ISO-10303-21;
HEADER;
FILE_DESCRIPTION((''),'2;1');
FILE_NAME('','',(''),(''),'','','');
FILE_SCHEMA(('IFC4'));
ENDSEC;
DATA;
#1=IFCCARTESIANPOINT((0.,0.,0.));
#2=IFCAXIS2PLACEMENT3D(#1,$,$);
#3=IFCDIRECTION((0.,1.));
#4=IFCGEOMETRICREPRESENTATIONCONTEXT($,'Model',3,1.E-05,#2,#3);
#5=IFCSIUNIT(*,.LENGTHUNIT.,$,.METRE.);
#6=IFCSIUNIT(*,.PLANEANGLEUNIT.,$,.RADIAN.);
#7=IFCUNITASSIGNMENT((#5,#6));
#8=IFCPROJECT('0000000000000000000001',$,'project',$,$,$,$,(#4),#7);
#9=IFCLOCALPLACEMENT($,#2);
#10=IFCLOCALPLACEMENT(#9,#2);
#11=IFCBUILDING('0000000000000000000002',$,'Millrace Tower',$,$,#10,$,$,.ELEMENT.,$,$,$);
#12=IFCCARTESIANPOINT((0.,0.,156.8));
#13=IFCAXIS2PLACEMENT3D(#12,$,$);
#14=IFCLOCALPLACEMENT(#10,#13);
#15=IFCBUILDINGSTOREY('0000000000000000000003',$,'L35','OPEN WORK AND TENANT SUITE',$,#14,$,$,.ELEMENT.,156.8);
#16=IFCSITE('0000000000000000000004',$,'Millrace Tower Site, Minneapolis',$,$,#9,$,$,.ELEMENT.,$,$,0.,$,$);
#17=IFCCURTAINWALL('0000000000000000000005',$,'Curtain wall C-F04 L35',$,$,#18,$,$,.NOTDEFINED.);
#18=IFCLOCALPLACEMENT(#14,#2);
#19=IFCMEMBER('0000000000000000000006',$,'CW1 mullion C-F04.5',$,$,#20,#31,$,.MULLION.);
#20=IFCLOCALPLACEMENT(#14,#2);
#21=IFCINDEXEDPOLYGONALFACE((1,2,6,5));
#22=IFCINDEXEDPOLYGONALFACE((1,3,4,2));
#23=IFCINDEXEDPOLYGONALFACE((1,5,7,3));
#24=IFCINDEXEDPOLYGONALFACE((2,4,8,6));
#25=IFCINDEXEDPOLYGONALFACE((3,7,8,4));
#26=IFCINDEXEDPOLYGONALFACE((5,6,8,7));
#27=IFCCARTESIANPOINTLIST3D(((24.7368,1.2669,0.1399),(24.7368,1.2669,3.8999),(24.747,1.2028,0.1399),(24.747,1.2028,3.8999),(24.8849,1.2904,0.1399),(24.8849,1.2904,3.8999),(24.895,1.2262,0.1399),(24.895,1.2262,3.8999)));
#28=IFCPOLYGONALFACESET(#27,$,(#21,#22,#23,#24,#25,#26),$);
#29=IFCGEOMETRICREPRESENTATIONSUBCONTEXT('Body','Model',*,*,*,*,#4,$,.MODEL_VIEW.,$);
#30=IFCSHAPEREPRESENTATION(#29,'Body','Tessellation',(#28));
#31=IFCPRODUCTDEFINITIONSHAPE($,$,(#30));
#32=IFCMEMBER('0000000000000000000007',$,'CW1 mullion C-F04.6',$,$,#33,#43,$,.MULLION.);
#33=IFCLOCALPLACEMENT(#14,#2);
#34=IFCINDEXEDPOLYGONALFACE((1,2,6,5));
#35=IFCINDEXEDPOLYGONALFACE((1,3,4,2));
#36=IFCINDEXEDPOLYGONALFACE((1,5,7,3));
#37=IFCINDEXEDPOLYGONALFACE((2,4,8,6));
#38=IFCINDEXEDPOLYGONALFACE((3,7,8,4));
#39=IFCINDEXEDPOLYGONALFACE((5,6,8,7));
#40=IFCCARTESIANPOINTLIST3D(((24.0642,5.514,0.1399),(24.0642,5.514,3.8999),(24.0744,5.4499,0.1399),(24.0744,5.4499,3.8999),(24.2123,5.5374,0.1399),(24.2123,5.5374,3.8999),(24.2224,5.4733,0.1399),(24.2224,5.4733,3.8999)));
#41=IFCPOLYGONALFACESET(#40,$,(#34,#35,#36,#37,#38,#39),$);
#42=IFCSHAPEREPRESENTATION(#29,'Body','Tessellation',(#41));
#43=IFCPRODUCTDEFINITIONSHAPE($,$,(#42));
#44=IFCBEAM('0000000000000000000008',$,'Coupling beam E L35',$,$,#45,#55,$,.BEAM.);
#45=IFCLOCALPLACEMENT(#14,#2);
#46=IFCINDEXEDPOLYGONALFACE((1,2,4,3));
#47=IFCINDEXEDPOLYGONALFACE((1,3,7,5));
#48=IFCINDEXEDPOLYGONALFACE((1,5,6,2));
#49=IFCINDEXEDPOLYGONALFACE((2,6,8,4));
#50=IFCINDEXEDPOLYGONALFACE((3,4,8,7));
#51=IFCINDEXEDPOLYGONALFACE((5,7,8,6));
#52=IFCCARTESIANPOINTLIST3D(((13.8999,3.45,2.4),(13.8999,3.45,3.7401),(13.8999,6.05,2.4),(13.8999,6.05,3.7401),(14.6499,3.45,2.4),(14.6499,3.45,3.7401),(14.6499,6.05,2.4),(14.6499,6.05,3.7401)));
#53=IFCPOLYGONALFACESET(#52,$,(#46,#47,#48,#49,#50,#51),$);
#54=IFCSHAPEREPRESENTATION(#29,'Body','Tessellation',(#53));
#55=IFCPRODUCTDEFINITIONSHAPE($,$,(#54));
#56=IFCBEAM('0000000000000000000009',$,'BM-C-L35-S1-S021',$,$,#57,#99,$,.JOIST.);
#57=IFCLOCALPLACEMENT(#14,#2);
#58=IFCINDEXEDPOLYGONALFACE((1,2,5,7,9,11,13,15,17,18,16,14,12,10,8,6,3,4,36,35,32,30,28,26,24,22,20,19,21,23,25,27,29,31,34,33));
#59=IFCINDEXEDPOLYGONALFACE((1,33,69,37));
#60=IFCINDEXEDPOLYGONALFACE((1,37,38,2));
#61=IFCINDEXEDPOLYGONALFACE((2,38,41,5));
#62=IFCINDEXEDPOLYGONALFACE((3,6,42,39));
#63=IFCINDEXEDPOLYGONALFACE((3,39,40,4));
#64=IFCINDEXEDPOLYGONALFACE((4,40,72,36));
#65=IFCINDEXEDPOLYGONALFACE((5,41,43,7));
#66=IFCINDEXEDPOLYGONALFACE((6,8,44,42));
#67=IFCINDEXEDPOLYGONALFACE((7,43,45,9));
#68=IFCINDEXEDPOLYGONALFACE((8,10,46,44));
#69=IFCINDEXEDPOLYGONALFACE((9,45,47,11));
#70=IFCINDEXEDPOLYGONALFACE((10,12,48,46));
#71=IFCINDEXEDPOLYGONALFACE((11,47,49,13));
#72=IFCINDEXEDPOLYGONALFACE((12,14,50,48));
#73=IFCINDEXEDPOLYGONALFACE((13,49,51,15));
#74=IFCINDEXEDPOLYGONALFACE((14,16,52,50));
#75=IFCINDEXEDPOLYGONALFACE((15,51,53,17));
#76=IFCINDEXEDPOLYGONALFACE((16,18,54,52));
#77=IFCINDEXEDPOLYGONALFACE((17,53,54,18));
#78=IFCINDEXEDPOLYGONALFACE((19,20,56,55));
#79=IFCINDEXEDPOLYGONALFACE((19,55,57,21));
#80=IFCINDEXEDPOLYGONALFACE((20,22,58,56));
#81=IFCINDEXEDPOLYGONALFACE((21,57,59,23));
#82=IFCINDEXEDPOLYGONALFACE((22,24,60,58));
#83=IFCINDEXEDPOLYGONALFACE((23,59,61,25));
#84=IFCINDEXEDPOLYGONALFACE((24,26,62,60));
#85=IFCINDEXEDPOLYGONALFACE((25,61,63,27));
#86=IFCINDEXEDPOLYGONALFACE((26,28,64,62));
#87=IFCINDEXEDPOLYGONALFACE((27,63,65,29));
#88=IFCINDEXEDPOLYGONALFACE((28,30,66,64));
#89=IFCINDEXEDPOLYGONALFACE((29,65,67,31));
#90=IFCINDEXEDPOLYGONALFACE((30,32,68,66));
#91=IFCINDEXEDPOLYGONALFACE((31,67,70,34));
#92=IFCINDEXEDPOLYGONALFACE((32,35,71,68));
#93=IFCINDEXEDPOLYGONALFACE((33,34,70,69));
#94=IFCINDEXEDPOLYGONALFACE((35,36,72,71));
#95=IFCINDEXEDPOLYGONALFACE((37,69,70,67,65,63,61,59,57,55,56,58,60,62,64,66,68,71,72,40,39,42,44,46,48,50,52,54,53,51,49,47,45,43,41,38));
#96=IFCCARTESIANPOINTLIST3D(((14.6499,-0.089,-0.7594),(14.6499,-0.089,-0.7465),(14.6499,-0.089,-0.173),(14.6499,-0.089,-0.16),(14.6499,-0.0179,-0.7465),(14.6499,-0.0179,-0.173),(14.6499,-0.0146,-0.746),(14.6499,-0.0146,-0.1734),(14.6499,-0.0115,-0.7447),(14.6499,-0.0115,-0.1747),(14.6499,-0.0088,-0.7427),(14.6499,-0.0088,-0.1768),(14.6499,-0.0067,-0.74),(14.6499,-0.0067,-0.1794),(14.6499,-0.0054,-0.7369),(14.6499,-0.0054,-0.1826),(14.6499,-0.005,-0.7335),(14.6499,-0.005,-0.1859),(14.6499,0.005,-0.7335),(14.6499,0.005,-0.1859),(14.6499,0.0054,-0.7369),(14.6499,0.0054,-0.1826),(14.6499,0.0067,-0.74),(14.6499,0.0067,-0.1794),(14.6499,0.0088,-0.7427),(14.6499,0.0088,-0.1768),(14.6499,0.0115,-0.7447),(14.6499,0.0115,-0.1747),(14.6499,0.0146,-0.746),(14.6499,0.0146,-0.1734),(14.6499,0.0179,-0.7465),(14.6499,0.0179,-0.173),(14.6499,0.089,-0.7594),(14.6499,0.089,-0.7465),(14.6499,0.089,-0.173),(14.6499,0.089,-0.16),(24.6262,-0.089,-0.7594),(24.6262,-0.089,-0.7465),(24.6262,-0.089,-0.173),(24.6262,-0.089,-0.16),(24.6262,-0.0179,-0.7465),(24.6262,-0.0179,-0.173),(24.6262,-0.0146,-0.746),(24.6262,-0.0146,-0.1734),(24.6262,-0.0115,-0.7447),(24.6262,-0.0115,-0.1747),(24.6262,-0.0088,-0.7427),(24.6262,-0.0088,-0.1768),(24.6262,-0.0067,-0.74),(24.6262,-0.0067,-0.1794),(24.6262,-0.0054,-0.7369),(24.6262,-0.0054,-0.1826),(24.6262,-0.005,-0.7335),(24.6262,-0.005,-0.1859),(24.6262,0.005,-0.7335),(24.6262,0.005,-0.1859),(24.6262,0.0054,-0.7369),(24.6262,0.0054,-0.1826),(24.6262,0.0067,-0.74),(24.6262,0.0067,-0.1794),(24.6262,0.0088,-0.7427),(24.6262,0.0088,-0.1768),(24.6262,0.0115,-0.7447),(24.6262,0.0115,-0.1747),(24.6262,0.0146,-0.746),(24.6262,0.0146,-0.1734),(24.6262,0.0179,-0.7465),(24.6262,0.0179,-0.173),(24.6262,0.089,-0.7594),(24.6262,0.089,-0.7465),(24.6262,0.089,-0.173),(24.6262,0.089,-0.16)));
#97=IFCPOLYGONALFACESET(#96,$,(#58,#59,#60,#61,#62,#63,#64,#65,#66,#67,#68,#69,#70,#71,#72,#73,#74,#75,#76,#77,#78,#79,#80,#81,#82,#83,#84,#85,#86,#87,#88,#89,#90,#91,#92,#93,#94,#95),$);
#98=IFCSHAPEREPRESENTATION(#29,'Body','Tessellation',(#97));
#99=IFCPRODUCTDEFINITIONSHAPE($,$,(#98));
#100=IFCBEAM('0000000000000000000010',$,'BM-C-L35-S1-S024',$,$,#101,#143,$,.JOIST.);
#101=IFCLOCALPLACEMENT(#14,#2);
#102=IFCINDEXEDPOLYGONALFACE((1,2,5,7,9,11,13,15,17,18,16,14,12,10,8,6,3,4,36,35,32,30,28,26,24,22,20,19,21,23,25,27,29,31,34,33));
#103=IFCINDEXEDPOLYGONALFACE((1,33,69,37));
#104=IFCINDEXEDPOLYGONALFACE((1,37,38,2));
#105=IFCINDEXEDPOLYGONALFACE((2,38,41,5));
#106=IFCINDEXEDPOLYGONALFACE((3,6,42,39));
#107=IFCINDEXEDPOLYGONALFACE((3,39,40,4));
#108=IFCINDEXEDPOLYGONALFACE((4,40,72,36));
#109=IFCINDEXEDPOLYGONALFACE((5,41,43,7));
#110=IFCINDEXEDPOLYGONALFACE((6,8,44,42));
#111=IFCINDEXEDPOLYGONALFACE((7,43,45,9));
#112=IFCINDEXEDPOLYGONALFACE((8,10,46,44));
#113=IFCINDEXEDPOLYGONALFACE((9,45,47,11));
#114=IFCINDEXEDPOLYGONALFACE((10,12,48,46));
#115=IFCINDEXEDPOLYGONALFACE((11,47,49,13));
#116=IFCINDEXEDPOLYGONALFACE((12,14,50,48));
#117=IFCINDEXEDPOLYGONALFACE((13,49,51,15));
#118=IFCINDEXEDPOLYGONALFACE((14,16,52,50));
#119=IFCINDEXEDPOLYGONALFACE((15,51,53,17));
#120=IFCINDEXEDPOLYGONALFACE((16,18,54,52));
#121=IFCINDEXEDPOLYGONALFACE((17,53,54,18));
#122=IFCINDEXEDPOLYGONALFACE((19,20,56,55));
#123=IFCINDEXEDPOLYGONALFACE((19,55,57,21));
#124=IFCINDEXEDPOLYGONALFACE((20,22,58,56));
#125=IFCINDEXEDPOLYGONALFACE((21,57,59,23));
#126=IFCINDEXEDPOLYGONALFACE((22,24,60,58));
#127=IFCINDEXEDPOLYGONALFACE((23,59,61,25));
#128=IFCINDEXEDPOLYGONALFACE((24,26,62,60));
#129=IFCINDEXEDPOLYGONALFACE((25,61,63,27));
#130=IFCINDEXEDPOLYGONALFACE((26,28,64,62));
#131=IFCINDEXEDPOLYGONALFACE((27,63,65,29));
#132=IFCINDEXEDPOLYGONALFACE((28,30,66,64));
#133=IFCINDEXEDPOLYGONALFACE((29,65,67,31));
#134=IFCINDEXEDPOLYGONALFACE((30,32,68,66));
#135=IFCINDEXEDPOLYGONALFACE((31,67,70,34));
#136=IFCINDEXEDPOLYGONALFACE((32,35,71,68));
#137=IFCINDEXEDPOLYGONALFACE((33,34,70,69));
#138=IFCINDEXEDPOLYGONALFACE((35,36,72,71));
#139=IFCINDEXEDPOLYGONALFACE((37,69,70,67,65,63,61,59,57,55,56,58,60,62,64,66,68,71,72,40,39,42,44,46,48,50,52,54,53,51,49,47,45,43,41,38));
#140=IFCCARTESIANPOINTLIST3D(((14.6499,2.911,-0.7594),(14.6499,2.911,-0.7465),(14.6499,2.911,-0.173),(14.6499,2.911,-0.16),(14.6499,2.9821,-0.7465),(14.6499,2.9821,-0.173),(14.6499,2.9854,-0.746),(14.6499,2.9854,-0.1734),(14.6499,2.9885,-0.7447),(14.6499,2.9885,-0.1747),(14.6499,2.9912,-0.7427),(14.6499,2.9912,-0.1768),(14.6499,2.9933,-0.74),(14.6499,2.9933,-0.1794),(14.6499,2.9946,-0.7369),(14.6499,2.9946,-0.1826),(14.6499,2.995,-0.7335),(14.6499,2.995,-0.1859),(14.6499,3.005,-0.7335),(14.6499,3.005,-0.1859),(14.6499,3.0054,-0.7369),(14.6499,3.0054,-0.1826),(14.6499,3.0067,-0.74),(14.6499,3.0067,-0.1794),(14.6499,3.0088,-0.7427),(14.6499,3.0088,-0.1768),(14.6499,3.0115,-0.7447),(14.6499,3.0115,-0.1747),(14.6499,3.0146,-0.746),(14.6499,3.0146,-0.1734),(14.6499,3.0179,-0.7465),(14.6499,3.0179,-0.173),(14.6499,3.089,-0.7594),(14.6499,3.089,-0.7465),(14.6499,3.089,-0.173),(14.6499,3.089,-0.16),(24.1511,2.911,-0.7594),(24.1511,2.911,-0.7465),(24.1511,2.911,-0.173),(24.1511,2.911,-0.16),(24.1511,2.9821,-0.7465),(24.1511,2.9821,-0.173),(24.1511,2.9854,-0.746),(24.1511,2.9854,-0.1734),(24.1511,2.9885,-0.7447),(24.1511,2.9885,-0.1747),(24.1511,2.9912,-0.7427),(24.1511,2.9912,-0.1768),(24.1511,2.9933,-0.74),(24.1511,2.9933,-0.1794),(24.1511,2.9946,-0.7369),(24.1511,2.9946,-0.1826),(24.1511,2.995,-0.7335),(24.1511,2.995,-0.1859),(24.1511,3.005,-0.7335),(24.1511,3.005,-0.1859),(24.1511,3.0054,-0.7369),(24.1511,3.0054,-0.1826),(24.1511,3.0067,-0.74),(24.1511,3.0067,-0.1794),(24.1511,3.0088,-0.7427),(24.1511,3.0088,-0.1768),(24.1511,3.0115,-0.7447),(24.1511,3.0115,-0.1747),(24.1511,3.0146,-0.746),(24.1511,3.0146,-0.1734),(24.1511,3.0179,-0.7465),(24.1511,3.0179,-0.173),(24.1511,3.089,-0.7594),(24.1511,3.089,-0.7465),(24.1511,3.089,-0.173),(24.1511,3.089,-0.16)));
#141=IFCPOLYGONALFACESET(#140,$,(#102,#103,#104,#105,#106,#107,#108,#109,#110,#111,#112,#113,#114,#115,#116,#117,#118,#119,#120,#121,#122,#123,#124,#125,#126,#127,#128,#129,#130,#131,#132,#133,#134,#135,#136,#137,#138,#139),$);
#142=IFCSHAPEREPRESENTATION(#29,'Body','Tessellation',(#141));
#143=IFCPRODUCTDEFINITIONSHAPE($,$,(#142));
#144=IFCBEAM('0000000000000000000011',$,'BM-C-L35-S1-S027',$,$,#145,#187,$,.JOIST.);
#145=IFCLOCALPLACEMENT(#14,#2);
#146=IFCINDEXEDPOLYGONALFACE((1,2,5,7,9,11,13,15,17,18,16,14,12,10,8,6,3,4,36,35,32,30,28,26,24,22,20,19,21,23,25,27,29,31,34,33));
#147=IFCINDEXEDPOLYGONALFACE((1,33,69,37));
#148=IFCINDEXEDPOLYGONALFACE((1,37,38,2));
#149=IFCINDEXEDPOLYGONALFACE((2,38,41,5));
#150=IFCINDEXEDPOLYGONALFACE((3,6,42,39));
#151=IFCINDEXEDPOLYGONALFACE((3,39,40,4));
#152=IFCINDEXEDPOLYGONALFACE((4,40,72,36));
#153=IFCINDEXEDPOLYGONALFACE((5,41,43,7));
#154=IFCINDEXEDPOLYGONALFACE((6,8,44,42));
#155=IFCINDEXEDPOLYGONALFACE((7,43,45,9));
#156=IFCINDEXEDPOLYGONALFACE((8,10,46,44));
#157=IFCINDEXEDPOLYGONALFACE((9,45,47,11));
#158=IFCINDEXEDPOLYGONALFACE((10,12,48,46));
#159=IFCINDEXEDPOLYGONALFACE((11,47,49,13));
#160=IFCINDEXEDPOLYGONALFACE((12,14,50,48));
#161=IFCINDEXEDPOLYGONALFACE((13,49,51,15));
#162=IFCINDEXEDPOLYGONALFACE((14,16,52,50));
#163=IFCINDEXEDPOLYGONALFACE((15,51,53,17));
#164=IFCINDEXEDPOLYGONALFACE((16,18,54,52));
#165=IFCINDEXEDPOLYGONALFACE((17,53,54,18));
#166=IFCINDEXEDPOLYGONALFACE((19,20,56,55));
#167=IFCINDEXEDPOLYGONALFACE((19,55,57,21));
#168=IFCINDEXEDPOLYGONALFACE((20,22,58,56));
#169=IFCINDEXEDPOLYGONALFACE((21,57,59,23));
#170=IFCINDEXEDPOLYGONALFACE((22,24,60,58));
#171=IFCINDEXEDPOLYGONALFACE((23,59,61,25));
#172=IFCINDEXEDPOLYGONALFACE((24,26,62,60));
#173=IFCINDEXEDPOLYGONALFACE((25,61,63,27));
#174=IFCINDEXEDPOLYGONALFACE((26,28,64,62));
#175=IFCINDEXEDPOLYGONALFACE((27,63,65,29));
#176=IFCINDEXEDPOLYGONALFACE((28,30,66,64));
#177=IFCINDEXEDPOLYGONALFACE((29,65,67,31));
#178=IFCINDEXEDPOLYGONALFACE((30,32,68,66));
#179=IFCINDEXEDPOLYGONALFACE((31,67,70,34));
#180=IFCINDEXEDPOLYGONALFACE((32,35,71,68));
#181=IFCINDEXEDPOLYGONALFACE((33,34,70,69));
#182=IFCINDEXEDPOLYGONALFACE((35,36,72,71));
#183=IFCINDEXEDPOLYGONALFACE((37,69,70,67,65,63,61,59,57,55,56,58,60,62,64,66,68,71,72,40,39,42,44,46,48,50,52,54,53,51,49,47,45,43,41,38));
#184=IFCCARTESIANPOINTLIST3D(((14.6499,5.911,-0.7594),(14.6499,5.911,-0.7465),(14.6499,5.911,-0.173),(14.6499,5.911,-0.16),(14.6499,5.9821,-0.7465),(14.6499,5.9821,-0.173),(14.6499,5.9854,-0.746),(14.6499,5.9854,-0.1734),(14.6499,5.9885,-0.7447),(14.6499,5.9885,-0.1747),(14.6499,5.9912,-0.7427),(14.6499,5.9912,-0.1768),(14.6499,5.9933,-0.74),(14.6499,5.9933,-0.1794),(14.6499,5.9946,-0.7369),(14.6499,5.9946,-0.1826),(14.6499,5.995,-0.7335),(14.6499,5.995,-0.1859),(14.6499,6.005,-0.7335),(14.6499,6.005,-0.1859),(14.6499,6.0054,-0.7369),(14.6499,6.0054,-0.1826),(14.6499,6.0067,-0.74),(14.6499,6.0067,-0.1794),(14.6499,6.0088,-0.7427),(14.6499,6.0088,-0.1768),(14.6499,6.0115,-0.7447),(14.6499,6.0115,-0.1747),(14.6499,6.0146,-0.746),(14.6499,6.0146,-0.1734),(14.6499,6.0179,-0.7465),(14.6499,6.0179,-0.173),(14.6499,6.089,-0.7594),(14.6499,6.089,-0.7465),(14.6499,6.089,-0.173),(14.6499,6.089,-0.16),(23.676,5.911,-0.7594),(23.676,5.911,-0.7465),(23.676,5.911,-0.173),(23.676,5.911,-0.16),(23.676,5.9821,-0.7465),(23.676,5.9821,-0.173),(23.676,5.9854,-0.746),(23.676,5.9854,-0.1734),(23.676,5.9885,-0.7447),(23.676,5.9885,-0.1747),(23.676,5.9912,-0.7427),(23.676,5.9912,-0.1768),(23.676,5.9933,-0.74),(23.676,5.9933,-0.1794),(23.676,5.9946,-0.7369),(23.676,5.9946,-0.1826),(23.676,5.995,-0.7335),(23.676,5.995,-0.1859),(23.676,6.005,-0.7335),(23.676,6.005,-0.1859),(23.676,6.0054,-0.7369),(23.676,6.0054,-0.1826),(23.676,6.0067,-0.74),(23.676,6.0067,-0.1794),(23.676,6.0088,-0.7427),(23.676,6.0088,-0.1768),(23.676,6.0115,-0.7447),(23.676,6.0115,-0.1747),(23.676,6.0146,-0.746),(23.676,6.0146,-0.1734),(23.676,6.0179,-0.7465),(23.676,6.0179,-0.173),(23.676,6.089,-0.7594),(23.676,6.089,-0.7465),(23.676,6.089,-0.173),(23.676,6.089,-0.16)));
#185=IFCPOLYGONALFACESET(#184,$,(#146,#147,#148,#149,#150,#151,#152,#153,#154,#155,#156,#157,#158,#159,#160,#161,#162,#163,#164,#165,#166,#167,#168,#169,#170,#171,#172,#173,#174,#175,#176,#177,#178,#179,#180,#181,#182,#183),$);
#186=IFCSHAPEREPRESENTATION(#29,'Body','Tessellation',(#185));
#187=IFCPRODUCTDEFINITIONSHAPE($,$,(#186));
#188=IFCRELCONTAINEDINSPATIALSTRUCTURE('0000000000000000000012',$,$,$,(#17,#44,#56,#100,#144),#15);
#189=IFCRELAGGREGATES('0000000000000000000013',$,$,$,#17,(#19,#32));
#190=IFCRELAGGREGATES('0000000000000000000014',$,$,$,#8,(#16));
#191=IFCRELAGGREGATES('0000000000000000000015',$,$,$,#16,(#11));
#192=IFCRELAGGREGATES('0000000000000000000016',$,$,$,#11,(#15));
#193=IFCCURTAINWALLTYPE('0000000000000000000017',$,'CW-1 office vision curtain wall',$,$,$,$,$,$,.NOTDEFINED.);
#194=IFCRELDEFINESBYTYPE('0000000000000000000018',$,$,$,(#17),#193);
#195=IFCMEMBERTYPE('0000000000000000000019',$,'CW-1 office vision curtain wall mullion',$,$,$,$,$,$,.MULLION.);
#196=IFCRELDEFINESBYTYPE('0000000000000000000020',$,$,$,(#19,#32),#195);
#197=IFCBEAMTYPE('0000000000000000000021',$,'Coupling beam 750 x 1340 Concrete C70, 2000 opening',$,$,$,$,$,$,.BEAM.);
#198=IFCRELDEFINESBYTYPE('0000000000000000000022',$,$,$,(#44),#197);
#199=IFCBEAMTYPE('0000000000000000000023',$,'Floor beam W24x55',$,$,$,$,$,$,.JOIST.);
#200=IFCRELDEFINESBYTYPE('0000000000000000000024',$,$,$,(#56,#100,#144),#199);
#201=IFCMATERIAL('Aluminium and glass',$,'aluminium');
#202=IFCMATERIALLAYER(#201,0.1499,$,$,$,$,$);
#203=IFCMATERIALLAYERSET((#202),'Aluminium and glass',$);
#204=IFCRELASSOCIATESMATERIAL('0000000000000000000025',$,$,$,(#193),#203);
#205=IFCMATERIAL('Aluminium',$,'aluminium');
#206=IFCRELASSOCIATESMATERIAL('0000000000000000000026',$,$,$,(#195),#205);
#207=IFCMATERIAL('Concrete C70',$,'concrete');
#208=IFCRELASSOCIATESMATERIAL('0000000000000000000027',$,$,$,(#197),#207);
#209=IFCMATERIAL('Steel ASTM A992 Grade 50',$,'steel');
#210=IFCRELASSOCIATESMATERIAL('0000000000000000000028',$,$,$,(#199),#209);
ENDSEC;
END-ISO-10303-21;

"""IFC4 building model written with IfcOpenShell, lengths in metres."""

from ifc_helpers import new_model, si_unit, direction, frame, origin, origin_2d, place, context, subcontext, project, spatial, rectangle, i_section, extrude, material, layer, layer_set, material_profile, profile_set, type_object, element, aggregate, save


model = new_model("IFC4")

# Units and contexts
model_context = context("Model", 3, precision=1e-05, world=origin(), true_north=direction((0.0, 1.0)))
body_context = subcontext(model_context, "Body", "Model", "MODEL_VIEW")
ifc_project = project(units=[si_unit("LENGTHUNIT", "METRE"), si_unit("PLANEANGLEUNIT", "RADIAN")], contexts=[model_context])

# Site, building, storey
site_placement = place(None, origin())
site = spatial("IfcSite", under=ifc_project, at=site_placement, Name="Millrace Tower Site, Minneapolis", CompositionType="ELEMENT", RefElevation=0.0)
building_placement = place(site_placement, origin())
building = spatial("IfcBuilding", under=site, at=building_placement, Name="Millrace Tower", CompositionType="ELEMENT")
storey_placement = place(building_placement, frame((0.0, 0.0, 156.8)))
storey = spatial("IfcBuildingStorey", under=building, at=storey_placement, Name="L35", Description="OPEN WORK AND TENANT SUITE", CompositionType="ELEMENT", Elevation=156.8)

# Curtain wall, members
ifc_material_1 = material(Name="Aluminium and glass", Category="aluminium")
ifc_layer_1 = layer(ifc_material_1, 0.1499)
ifc_layer_set_1 = layer_set([ifc_layer_1], Name="Aluminium and glass")
curtain_wall_type = type_object("IfcCurtainWallType", Name="CW-1 office vision curtain wall", PredefinedType="NOTDEFINED", material=ifc_layer_set_1)
curtain_wall_placement = place(storey_placement, origin())
curtain_wall = element("IfcCurtainWall", 1, at=curtain_wall_placement, inside=storey, type_object=curtain_wall_type, Name="Curtain wall C-F04 L35", PredefinedType="NOTDEFINED")
ifc_material_2 = material(Name="Aluminium", Category="aluminium")
ifc_material_profile_1 = material_profile(ifc_material_2, rectangle(XDim=0.0649, YDim=0.1499, at=origin_2d()))
ifc_profile_set_1 = profile_set([ifc_material_profile_1], Name="Aluminium")
member_type = type_object("IfcMemberType", Name="CW-1 office vision curtain wall mullion", PredefinedType="MULLION", material=ifc_profile_set_1)
member_1_placement = place(storey_placement, frame((24.8159, 1.2466, 0.1399), z_axis=(0.0, 0.0, 1.0), x_axis=(-0.156434, 0.987688, 0.0)))
member_1 = element("IfcMember", 2, at=member_1_placement, type_object=member_type, Name="CW1 mullion C-F04.5", PredefinedType="MULLION", context=body_context, shape_type="SweptSolid", body=[
    extrude(rectangle(XDim=0.0649, YDim=0.1499, at=origin_2d()), origin(), (0.0, 0.0, 1.0), 3.76),
])
member_2_placement = place(storey_placement, frame((24.1433, 5.4937, 0.1399), z_axis=(0.0, 0.0, 1.0), x_axis=(-0.156434, 0.987688, 0.0)))
member_2 = element("IfcMember", 3, at=member_2_placement, type_object=member_type, Name="CW1 mullion C-F04.6", PredefinedType="MULLION", context=body_context, shape_type="SweptSolid", body=[
    extrude(rectangle(XDim=0.0649, YDim=0.1499, at=origin_2d()), origin(), (0.0, 0.0, 1.0), 3.76),
])
aggregate(curtain_wall, [member_1, member_2])

# Beams
ifc_material_3 = material(Name="Concrete C70", Category="concrete")
ifc_material_profile_2 = material_profile(ifc_material_3, rectangle(XDim=0.75, YDim=1.3401, at=origin_2d()))
ifc_profile_set_2 = profile_set([ifc_material_profile_2], Name="Concrete C70")
beam_type_1 = type_object("IfcBeamType", Name="Coupling beam 750 x 1340 Concrete C70, 2000 opening", PredefinedType="BEAM", material=ifc_profile_set_2)
beam_1_placement = place(storey_placement, frame((14.2749, 6.05, 3.0701), z_axis=(0.0, -1.0, 0.0), x_axis=(1.0, 0.0, 0.0)))
element("IfcBeam", 4, at=beam_1_placement, inside=storey, type_object=beam_type_1, Name="Coupling beam E L35", PredefinedType="BEAM", context=body_context, shape_type="SweptSolid", body=[
    extrude(rectangle(XDim=0.75, YDim=1.3401, at=origin_2d()), origin(), (0.0, 0.0, 1.0), 2.6001),
])
ifc_material_4 = material(Name="Steel ASTM A992 Grade 50", Category="steel")
ifc_material_profile_3 = material_profile(ifc_material_4, i_section(OverallWidth=0.178, OverallDepth=0.5994, WebThickness=0.01, FlangeThickness=0.0129, FilletRadius=0.0129, at=origin_2d()))
ifc_profile_set_3 = profile_set([ifc_material_profile_3], Name="Steel ASTM A992 Grade 50")
beam_type_2 = type_object("IfcBeamType", Name="Floor beam W24x55", PredefinedType="JOIST", material=ifc_profile_set_3)
beam_2_placement = place(storey_placement, frame((14.6499, 0.0, -0.4597), z_axis=(1.0, 0.0, 0.0), x_axis=(0.0, 1.0, 0.0)))
element("IfcBeam", 5, at=beam_2_placement, inside=storey, type_object=beam_type_2, Name="BM-C-L35-S1-S021", PredefinedType="JOIST", context=body_context, shape_type="SweptSolid", body=[
    extrude(i_section(OverallWidth=0.178, OverallDepth=0.5994, WebThickness=0.01, FlangeThickness=0.0129, FilletRadius=0.0129, at=origin_2d()), origin(), (0.0, 0.0, 1.0), 9.9763),
])
beam_3_placement = place(storey_placement, frame((14.6499, 3.0, -0.4597), z_axis=(1.0, 0.0, 0.0), x_axis=(0.0, 1.0, 0.0)))
element("IfcBeam", 6, at=beam_3_placement, inside=storey, type_object=beam_type_2, Name="BM-C-L35-S1-S024", PredefinedType="JOIST", context=body_context, shape_type="SweptSolid", body=[
    extrude(i_section(OverallWidth=0.178, OverallDepth=0.5994, WebThickness=0.01, FlangeThickness=0.0129, FilletRadius=0.0129, at=origin_2d()), origin(), (0.0, 0.0, 1.0), 9.5012),
])
beam_4_placement = place(storey_placement, frame((14.6499, 6.0, -0.4597), z_axis=(1.0, 0.0, 0.0), x_axis=(0.0, 1.0, 0.0)))
element("IfcBeam", 7, at=beam_4_placement, inside=storey, type_object=beam_type_2, Name="BM-C-L35-S1-S027", PredefinedType="JOIST", context=body_context, shape_type="SweptSolid", body=[
    extrude(i_section(OverallWidth=0.178, OverallDepth=0.5994, WebThickness=0.01, FlangeThickness=0.0129, FilletRadius=0.0129, at=origin_2d()), origin(), (0.0, 0.0, 1.0), 9.0261),
])

save(model, "model.ifc")
